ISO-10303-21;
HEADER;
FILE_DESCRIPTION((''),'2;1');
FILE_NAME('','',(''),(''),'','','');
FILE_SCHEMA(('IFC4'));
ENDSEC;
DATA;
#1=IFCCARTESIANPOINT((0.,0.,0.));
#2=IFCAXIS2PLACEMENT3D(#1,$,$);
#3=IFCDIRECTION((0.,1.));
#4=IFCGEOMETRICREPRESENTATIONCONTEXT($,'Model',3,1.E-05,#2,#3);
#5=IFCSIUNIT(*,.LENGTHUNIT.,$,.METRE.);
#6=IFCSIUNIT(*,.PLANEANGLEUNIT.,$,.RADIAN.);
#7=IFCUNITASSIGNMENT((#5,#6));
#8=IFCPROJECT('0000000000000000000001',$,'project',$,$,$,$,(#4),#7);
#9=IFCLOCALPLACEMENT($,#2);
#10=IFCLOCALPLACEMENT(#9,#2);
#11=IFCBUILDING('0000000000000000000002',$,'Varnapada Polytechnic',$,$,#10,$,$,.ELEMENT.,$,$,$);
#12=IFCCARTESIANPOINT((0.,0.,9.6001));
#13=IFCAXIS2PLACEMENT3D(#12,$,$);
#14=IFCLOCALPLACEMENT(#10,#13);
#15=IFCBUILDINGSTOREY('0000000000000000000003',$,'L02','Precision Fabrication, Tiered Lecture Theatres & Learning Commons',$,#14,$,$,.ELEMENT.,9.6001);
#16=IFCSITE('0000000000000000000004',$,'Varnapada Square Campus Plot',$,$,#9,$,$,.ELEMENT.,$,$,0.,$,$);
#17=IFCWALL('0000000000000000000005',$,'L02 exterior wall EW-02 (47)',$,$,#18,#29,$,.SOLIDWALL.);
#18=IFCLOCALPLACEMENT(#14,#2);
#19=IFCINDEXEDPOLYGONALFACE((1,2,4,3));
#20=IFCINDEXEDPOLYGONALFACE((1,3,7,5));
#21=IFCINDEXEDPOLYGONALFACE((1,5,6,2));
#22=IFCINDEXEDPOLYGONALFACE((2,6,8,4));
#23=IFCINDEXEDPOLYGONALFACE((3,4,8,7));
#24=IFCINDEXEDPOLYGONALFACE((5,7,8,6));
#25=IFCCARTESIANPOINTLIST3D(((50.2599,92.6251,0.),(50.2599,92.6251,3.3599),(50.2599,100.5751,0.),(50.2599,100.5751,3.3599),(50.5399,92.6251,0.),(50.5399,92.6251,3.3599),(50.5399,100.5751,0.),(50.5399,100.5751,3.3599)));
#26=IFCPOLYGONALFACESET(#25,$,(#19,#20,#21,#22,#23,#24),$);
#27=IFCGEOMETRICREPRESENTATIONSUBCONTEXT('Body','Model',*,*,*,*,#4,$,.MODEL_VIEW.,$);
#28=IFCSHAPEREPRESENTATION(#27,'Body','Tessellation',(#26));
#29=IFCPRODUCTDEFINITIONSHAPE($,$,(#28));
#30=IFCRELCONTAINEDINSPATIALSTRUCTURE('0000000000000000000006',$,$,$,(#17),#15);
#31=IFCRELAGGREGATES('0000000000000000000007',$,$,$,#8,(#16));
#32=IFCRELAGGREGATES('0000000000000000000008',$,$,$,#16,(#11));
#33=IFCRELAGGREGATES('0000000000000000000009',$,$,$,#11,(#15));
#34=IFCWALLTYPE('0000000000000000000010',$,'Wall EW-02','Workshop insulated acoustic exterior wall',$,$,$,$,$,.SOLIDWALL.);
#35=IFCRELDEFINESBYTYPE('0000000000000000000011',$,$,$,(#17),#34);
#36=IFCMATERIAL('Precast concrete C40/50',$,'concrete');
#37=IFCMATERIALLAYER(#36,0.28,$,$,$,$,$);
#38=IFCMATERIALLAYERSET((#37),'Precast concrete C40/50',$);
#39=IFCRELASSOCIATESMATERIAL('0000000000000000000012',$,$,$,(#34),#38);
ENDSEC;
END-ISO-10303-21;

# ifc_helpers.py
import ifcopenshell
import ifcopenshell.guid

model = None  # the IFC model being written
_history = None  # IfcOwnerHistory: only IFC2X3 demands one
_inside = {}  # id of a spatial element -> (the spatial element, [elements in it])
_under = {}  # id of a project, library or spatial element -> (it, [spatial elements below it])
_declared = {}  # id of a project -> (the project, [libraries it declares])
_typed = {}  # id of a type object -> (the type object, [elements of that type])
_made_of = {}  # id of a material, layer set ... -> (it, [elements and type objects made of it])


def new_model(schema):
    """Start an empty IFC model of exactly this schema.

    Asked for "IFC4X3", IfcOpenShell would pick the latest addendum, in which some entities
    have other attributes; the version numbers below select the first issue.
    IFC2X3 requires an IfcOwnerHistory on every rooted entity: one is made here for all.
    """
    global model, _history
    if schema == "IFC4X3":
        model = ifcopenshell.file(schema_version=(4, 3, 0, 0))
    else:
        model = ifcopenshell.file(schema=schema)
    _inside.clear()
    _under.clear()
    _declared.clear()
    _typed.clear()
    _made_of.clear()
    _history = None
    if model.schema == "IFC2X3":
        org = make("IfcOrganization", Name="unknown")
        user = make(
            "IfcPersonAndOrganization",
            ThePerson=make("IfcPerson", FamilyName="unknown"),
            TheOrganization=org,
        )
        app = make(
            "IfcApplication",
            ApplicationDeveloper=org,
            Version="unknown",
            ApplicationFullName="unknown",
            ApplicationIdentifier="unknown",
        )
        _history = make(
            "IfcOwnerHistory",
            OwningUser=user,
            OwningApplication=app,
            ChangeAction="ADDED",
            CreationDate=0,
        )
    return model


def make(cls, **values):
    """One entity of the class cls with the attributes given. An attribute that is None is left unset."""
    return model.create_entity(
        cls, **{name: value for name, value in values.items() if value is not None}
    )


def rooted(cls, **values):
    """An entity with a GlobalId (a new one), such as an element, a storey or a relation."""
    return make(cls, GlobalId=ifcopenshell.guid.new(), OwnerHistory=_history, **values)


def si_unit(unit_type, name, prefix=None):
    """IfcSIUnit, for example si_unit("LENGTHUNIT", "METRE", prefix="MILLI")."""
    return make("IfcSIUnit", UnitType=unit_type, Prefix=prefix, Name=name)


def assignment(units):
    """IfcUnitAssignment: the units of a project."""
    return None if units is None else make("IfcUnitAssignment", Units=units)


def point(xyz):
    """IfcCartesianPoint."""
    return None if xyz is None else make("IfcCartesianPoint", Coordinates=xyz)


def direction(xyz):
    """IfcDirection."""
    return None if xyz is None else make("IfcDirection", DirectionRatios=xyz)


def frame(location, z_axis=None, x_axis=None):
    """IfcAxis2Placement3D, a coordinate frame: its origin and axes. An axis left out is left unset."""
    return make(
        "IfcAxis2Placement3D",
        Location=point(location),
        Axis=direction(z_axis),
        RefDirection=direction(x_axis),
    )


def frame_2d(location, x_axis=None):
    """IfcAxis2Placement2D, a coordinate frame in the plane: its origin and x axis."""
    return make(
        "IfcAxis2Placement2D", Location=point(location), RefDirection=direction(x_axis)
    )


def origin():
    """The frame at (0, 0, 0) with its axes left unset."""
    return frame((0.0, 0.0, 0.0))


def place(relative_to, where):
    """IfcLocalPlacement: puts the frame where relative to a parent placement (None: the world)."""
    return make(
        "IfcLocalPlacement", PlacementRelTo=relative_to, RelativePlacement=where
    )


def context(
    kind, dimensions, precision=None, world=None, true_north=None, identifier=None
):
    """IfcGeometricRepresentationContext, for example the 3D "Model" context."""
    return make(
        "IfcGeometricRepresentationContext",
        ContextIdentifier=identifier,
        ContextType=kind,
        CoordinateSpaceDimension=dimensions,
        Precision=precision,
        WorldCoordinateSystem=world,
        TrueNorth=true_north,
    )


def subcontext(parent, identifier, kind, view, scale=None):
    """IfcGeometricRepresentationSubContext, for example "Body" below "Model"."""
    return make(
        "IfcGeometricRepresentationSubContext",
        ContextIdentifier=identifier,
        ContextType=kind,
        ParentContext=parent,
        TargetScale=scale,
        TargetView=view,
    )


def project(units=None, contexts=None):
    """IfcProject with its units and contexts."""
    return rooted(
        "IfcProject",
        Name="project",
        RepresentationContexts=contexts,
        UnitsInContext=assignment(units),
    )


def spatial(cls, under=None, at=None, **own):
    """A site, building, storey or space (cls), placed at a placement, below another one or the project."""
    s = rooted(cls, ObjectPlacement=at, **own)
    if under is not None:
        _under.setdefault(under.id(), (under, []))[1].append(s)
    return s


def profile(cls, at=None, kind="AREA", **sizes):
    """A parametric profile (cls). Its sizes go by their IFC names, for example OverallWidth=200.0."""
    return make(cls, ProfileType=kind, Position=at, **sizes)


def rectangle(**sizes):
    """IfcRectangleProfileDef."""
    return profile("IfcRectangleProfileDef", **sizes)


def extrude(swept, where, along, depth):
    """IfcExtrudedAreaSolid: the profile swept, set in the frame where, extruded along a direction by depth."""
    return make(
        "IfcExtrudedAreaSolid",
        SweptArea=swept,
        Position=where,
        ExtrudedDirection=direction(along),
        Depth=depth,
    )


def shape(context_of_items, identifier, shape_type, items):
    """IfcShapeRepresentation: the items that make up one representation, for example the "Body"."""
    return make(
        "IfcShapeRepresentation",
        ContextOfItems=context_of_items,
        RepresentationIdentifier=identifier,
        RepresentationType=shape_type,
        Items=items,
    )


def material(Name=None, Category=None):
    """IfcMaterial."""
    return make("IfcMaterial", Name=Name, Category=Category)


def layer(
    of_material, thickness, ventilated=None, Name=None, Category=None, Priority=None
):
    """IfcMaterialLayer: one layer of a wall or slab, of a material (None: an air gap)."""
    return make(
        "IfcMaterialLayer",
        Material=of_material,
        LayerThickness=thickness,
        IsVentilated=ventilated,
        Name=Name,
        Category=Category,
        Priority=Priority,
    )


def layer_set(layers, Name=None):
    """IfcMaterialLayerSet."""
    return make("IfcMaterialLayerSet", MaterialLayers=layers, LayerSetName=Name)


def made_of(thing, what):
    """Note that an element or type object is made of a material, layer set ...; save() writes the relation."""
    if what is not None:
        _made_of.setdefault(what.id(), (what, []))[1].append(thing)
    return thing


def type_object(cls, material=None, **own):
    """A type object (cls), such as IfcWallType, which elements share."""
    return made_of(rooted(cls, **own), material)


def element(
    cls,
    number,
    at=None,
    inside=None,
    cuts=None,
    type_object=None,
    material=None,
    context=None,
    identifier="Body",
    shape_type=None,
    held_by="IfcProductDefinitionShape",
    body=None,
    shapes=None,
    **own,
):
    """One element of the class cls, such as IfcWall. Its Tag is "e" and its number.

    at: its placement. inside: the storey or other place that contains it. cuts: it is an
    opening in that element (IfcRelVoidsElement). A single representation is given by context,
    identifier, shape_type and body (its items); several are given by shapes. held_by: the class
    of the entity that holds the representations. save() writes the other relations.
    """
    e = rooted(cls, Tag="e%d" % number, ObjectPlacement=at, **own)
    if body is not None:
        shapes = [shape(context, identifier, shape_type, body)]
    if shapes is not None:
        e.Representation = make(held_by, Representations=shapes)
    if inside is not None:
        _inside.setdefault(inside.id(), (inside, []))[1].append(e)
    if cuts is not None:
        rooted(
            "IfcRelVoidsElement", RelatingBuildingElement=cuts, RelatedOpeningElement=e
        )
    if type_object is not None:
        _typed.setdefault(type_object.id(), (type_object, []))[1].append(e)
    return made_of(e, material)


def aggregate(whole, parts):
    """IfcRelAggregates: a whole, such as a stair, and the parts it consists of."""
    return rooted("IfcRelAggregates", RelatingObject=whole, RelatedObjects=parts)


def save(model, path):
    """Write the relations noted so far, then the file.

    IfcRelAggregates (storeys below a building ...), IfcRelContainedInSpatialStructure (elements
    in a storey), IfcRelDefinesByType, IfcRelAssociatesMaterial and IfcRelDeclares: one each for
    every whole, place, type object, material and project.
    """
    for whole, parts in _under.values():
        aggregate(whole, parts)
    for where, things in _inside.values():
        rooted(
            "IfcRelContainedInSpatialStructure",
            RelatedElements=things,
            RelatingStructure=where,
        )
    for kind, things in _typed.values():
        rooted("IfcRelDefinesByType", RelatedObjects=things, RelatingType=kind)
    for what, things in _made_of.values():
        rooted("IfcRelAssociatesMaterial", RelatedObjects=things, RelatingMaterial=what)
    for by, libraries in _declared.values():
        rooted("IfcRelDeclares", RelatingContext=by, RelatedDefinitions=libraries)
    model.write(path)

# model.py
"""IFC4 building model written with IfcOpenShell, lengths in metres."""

from ifc_helpers import new_model, si_unit, direction, frame, frame_2d, origin, place, context, subcontext, project, spatial, rectangle, extrude, material, layer, layer_set, type_object, element, save


model = new_model("IFC4")

# Units and contexts
model_context = context("Model", 3, precision=1e-05, world=origin(), true_north=direction((0.0, 1.0)))
body_context = subcontext(model_context, "Body", "Model", "MODEL_VIEW")
ifc_project = project(units=[si_unit("LENGTHUNIT", "METRE"), si_unit("PLANEANGLEUNIT", "RADIAN")], contexts=[model_context])

# Site, building, storey
site_placement = place(None, origin())
site = spatial("IfcSite", under=ifc_project, at=site_placement, Name="Varnapada Square Campus Plot", CompositionType="ELEMENT", RefElevation=0.0)
building_placement = place(site_placement, origin())
building = spatial("IfcBuilding", under=site, at=building_placement, Name="Varnapada Polytechnic", CompositionType="ELEMENT")
storey_placement = place(building_placement, frame((0.0, 0.0, 9.6001)))
storey = spatial("IfcBuildingStorey", under=building, at=storey_placement, Name="L02", Description="Precision Fabrication, Tiered Lecture Theatres & Learning Commons", CompositionType="ELEMENT", Elevation=9.6001)

# Wall
ifc_material_1 = material(Name="Precast concrete C40/50", Category="concrete")
ifc_layer_1 = layer(ifc_material_1, 0.28)
ifc_layer_set_1 = layer_set([ifc_layer_1], Name="Precast concrete C40/50")
wall_type = type_object("IfcWallType", Name="Wall EW-02", Description="Workshop insulated acoustic exterior wall", PredefinedType="SOLIDWALL", material=ifc_layer_set_1)
wall_placement = place(storey_placement, frame((50.3999, 92.625, 0.0), z_axis=(0.0, 0.0, 1.0), x_axis=(0.0, 1.0, 0.0)))
element("IfcWall", 1, at=wall_placement, inside=storey, type_object=wall_type, Name="L02 exterior wall EW-02 (47)", PredefinedType="SOLIDWALL", context=body_context, shape_type="SweptSolid", body=[
    extrude(rectangle(XDim=7.95, YDim=0.28, at=frame_2d((3.9751, 0.0))), origin(), (0.0, 0.0, 1.0), 3.3599),
])

save(model, "model.ifc")
